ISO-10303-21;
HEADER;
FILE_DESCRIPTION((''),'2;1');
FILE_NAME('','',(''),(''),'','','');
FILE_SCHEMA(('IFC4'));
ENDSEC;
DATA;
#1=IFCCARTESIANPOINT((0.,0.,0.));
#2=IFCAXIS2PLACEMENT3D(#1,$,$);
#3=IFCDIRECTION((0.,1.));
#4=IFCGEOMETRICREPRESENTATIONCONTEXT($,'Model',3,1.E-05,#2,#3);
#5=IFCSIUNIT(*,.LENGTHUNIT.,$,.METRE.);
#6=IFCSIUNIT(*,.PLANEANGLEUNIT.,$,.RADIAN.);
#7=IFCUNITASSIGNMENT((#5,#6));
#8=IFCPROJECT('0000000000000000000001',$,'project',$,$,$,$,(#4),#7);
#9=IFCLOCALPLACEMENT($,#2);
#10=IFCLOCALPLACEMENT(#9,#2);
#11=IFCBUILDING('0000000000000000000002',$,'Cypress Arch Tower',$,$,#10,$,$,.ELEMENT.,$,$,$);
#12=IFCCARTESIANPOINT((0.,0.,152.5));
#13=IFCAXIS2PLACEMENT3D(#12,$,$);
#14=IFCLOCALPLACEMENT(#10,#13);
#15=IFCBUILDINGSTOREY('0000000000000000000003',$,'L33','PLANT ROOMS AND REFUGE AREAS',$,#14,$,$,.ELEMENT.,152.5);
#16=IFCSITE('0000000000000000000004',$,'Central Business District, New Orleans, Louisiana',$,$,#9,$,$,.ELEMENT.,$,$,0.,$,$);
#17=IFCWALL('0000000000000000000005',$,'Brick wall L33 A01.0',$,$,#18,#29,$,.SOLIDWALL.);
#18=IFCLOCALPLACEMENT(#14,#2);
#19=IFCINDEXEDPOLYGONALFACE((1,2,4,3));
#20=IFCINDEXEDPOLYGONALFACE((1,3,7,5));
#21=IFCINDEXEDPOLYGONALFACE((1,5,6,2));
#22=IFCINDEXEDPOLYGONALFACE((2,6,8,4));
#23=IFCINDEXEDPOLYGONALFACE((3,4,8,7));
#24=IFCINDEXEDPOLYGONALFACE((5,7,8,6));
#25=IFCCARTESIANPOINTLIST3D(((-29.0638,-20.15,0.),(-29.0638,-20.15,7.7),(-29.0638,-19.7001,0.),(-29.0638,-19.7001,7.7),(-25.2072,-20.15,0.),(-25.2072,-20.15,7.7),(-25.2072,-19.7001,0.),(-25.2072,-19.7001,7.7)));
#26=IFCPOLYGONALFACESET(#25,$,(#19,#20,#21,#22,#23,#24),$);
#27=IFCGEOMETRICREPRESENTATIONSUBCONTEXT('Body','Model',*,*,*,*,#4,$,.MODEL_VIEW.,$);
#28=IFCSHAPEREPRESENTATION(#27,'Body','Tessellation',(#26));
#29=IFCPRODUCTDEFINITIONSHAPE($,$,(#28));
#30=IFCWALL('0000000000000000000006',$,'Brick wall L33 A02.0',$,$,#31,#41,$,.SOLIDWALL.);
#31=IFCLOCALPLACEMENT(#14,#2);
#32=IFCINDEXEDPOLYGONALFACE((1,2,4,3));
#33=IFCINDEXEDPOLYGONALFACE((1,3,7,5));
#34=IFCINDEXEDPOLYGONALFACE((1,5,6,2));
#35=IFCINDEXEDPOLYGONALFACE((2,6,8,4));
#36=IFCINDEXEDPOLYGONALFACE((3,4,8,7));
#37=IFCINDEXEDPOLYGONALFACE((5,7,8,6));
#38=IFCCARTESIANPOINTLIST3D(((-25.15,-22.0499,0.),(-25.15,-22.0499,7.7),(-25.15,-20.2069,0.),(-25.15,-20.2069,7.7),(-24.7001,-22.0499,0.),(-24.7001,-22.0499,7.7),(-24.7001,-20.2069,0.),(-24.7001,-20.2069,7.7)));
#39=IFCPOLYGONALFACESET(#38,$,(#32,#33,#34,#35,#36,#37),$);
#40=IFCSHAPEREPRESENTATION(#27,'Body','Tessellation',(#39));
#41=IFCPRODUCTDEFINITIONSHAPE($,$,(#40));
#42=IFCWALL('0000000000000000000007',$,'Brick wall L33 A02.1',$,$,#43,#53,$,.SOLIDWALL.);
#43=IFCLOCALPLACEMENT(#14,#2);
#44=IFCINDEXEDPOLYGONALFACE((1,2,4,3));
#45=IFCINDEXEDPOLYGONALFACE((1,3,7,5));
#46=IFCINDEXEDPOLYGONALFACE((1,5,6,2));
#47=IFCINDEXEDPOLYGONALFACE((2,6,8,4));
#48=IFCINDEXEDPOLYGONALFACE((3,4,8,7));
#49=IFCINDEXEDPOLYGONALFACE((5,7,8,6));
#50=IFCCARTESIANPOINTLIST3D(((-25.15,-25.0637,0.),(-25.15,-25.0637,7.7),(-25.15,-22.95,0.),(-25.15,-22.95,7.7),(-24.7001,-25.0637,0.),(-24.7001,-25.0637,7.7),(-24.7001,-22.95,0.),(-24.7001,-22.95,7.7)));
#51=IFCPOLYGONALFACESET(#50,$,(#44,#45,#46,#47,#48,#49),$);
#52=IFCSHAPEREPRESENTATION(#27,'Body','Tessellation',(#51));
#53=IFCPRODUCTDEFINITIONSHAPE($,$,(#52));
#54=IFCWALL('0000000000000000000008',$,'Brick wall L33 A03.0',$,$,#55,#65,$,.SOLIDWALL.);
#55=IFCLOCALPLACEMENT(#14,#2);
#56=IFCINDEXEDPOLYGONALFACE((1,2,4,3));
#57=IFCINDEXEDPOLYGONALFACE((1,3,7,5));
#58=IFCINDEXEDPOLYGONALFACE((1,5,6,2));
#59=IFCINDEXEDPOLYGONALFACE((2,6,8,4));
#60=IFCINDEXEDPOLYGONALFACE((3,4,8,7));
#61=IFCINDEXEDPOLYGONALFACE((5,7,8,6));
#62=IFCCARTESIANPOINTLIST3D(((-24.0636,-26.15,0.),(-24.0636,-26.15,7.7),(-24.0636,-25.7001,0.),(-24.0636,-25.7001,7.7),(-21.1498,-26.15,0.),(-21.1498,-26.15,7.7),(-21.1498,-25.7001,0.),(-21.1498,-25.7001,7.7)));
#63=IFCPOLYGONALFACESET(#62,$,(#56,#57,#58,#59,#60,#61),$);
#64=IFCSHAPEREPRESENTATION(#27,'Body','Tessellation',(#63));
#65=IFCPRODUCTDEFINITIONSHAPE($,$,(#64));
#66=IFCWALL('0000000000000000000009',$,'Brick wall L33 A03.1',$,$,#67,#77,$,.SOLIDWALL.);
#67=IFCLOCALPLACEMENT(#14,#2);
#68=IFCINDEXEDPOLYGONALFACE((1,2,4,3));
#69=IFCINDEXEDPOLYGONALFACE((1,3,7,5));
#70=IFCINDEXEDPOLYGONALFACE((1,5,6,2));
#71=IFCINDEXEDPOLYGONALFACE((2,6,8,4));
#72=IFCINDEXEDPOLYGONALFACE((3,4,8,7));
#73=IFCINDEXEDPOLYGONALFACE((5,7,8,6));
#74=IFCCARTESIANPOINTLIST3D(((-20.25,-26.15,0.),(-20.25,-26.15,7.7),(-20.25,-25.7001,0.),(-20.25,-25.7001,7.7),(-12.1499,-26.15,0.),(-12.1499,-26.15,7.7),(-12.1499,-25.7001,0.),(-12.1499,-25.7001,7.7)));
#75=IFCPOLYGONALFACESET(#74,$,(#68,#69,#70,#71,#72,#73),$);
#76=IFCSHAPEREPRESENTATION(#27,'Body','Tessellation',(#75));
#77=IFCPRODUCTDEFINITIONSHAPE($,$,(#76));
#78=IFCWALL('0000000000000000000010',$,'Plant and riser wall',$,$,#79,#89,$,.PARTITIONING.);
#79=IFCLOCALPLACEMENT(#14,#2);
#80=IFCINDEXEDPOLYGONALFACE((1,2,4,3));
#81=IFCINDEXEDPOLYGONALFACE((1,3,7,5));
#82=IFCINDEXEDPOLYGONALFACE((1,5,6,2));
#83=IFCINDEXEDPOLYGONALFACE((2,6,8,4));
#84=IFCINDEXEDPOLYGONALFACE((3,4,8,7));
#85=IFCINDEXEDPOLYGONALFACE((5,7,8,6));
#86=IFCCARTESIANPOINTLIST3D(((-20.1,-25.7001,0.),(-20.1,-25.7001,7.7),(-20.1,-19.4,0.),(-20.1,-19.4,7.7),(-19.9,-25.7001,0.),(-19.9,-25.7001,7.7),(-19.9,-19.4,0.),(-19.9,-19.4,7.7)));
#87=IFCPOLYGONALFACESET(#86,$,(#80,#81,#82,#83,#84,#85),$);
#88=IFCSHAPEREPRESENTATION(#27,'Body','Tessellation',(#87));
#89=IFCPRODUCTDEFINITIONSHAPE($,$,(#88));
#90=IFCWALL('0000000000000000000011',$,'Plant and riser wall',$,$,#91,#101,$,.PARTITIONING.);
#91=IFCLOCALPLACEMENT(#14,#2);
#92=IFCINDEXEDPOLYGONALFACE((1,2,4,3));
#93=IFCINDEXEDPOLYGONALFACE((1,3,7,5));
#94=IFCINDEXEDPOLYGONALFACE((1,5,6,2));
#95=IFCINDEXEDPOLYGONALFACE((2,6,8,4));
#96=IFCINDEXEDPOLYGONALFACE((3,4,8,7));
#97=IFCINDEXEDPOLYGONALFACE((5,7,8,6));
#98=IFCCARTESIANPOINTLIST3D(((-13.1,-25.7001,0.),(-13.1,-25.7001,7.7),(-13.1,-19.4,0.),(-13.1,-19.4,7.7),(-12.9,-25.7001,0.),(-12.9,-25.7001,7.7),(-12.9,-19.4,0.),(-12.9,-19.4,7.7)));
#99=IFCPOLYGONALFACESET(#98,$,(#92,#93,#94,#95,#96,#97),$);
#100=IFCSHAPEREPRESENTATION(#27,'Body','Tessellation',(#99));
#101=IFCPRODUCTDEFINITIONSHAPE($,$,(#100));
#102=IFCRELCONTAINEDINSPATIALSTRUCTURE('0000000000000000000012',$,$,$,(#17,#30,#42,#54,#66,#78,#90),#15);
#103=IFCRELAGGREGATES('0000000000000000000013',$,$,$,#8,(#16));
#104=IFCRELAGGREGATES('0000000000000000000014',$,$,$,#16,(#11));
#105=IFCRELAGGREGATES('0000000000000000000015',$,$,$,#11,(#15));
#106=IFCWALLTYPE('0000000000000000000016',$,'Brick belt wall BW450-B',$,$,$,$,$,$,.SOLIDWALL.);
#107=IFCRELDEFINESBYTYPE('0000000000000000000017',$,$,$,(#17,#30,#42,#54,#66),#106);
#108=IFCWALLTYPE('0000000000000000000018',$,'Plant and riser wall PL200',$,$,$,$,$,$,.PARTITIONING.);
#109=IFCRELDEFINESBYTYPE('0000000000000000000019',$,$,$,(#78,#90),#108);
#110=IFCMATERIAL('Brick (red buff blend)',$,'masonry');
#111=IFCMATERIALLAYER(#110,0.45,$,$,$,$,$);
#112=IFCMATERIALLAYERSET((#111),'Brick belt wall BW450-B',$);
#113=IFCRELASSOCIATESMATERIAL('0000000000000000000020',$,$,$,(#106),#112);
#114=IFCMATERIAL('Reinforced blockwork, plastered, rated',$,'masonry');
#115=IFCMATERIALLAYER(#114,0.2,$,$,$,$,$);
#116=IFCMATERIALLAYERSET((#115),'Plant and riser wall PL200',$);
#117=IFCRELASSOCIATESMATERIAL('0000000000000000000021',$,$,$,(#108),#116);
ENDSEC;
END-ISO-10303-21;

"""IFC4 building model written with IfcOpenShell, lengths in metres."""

from ifc_helpers import new_model, si_unit, direction, frame, frame_2d, origin, place, context, subcontext, project, spatial, rectangle, extrude, material, layer, layer_set, type_object, element, save


model = new_model("IFC4")

# Units and contexts
model_context = context("Model", 3, precision=1e-05, world=origin(), true_north=direction((0.0, 1.0)))
body_context = subcontext(model_context, "Body", "Model", "MODEL_VIEW")
ifc_project = project(units=[si_unit("LENGTHUNIT", "METRE"), si_unit("PLANEANGLEUNIT", "RADIAN")], contexts=[model_context])

# Site, building, storey
site_placement = place(None, origin())
site = spatial("IfcSite", under=ifc_project, at=site_placement, Name="Central Business District, New Orleans, Louisiana", CompositionType="ELEMENT", RefElevation=0.0)
building_placement = place(site_placement, origin())
building = spatial("IfcBuilding", under=site, at=building_placement, Name="Cypress Arch Tower", CompositionType="ELEMENT")
storey_placement = place(building_placement, frame((0.0, 0.0, 152.5)))
storey = spatial("IfcBuildingStorey", under=building, at=storey_placement, Name="L33", Description="PLANT ROOMS AND REFUGE AREAS", CompositionType="ELEMENT", Elevation=152.5)

# Walls
ifc_material_1 = material(Name="Brick (red buff blend)", Category="masonry")
ifc_layer_1 = layer(ifc_material_1, 0.45)
ifc_layer_set_1 = layer_set([ifc_layer_1], Name="Brick belt wall BW450-B")
wall_type_1 = type_object("IfcWallType", Name="Brick belt wall BW450-B", PredefinedType="SOLIDWALL", material=ifc_layer_set_1)
wall_1_placement = place(storey_placement, frame((-29.0637, -19.925, 0.0), z_axis=(0.0, 0.0, 1.0), x_axis=(1.0, 0.0, 0.0)))
element("IfcWall", 1, at=wall_1_placement, inside=storey, type_object=wall_type_1, Name="Brick wall L33 A01.0", PredefinedType="SOLIDWALL", context=body_context, shape_type="SweptSolid", body=[
    extrude(rectangle(XDim=3.8567, YDim=0.45, at=frame_2d((1.9282, 0.0))), origin(), (0.0, 0.0, 1.0), 7.7),
])
wall_2_placement = place(storey_placement, frame((-24.925, -20.207, 0.0), z_axis=(0.0, 0.0, 1.0), x_axis=(0.0, -1.0, 0.0)))
element("IfcWall", 2, at=wall_2_placement, inside=storey, type_object=wall_type_1, Name="Brick wall L33 A02.0", PredefinedType="SOLIDWALL", context=body_context, shape_type="SweptSolid", body=[
    extrude(rectangle(XDim=1.843, YDim=0.45, at=frame_2d((0.9214, 0.0))), origin(), (0.0, 0.0, 1.0), 7.7),
])
wall_3_placement = place(storey_placement, frame((-24.925, -22.95, 0.0), z_axis=(0.0, 0.0, 1.0), x_axis=(0.0, -1.0, 0.0)))
element("IfcWall", 3, at=wall_3_placement, inside=storey, type_object=wall_type_1, Name="Brick wall L33 A02.1", PredefinedType="SOLIDWALL", context=body_context, shape_type="SweptSolid", body=[
    extrude(rectangle(XDim=2.1138, YDim=0.45, at=frame_2d((1.0569, 0.0))), origin(), (0.0, 0.0, 1.0), 7.7),
])
wall_4_placement = place(storey_placement, frame((-24.0637, -25.925, 0.0), z_axis=(0.0, 0.0, 1.0), x_axis=(1.0, 0.0, 0.0)))
element("IfcWall", 4, at=wall_4_placement, inside=storey, type_object=wall_type_1, Name="Brick wall L33 A03.0", PredefinedType="SOLIDWALL", context=body_context, shape_type="SweptSolid", body=[
    extrude(rectangle(XDim=2.9138, YDim=0.45, at=frame_2d((1.457, 0.0))), origin(), (0.0, 0.0, 1.0), 7.7),
])
wall_5_placement = place(storey_placement, frame((-20.25, -25.925, 0.0), z_axis=(0.0, 0.0, 1.0), x_axis=(1.0, 0.0, 0.0)))
element("IfcWall", 5, at=wall_5_placement, inside=storey, type_object=wall_type_1, Name="Brick wall L33 A03.1", PredefinedType="SOLIDWALL", context=body_context, shape_type="SweptSolid", body=[
    extrude(rectangle(XDim=8.1001, YDim=0.45, at=frame_2d((4.05, 0.0))), origin(), (0.0, 0.0, 1.0), 7.7),
])
ifc_material_2 = material(Name="Reinforced blockwork, plastered, rated", Category="masonry")
ifc_layer_2 = layer(ifc_material_2, 0.2)
ifc_layer_set_2 = layer_set([ifc_layer_2], Name="Plant and riser wall PL200")
wall_type_2 = type_object("IfcWallType", Name="Plant and riser wall PL200", PredefinedType="PARTITIONING", material=ifc_layer_set_2)
for number, where, z_axis, x_axis, name in (
    (6, (-20.0, -25.7, 0.0), (0.0, 0.0, 1.0), (0.0, 1.0, 0.0), "Plant and riser wall"),
    (7, (-13.0, -25.7, 0.0), (0.0, 0.0, 1.0), (0.0, 1.0, 0.0), "Plant and riser wall"),
):
    element("IfcWall", number, at=place(storey_placement, frame(where, z_axis=z_axis, x_axis=x_axis)), inside=storey, type_object=wall_type_2, Name=name, PredefinedType="PARTITIONING", context=body_context, shape_type="SweptSolid", body=[
        extrude(rectangle(XDim=6.3, YDim=0.2, at=frame_2d((3.1499, 0.0))), origin(), (0.0, 0.0, 1.0), 7.7),
    ])

save(model, "model.ifc")
